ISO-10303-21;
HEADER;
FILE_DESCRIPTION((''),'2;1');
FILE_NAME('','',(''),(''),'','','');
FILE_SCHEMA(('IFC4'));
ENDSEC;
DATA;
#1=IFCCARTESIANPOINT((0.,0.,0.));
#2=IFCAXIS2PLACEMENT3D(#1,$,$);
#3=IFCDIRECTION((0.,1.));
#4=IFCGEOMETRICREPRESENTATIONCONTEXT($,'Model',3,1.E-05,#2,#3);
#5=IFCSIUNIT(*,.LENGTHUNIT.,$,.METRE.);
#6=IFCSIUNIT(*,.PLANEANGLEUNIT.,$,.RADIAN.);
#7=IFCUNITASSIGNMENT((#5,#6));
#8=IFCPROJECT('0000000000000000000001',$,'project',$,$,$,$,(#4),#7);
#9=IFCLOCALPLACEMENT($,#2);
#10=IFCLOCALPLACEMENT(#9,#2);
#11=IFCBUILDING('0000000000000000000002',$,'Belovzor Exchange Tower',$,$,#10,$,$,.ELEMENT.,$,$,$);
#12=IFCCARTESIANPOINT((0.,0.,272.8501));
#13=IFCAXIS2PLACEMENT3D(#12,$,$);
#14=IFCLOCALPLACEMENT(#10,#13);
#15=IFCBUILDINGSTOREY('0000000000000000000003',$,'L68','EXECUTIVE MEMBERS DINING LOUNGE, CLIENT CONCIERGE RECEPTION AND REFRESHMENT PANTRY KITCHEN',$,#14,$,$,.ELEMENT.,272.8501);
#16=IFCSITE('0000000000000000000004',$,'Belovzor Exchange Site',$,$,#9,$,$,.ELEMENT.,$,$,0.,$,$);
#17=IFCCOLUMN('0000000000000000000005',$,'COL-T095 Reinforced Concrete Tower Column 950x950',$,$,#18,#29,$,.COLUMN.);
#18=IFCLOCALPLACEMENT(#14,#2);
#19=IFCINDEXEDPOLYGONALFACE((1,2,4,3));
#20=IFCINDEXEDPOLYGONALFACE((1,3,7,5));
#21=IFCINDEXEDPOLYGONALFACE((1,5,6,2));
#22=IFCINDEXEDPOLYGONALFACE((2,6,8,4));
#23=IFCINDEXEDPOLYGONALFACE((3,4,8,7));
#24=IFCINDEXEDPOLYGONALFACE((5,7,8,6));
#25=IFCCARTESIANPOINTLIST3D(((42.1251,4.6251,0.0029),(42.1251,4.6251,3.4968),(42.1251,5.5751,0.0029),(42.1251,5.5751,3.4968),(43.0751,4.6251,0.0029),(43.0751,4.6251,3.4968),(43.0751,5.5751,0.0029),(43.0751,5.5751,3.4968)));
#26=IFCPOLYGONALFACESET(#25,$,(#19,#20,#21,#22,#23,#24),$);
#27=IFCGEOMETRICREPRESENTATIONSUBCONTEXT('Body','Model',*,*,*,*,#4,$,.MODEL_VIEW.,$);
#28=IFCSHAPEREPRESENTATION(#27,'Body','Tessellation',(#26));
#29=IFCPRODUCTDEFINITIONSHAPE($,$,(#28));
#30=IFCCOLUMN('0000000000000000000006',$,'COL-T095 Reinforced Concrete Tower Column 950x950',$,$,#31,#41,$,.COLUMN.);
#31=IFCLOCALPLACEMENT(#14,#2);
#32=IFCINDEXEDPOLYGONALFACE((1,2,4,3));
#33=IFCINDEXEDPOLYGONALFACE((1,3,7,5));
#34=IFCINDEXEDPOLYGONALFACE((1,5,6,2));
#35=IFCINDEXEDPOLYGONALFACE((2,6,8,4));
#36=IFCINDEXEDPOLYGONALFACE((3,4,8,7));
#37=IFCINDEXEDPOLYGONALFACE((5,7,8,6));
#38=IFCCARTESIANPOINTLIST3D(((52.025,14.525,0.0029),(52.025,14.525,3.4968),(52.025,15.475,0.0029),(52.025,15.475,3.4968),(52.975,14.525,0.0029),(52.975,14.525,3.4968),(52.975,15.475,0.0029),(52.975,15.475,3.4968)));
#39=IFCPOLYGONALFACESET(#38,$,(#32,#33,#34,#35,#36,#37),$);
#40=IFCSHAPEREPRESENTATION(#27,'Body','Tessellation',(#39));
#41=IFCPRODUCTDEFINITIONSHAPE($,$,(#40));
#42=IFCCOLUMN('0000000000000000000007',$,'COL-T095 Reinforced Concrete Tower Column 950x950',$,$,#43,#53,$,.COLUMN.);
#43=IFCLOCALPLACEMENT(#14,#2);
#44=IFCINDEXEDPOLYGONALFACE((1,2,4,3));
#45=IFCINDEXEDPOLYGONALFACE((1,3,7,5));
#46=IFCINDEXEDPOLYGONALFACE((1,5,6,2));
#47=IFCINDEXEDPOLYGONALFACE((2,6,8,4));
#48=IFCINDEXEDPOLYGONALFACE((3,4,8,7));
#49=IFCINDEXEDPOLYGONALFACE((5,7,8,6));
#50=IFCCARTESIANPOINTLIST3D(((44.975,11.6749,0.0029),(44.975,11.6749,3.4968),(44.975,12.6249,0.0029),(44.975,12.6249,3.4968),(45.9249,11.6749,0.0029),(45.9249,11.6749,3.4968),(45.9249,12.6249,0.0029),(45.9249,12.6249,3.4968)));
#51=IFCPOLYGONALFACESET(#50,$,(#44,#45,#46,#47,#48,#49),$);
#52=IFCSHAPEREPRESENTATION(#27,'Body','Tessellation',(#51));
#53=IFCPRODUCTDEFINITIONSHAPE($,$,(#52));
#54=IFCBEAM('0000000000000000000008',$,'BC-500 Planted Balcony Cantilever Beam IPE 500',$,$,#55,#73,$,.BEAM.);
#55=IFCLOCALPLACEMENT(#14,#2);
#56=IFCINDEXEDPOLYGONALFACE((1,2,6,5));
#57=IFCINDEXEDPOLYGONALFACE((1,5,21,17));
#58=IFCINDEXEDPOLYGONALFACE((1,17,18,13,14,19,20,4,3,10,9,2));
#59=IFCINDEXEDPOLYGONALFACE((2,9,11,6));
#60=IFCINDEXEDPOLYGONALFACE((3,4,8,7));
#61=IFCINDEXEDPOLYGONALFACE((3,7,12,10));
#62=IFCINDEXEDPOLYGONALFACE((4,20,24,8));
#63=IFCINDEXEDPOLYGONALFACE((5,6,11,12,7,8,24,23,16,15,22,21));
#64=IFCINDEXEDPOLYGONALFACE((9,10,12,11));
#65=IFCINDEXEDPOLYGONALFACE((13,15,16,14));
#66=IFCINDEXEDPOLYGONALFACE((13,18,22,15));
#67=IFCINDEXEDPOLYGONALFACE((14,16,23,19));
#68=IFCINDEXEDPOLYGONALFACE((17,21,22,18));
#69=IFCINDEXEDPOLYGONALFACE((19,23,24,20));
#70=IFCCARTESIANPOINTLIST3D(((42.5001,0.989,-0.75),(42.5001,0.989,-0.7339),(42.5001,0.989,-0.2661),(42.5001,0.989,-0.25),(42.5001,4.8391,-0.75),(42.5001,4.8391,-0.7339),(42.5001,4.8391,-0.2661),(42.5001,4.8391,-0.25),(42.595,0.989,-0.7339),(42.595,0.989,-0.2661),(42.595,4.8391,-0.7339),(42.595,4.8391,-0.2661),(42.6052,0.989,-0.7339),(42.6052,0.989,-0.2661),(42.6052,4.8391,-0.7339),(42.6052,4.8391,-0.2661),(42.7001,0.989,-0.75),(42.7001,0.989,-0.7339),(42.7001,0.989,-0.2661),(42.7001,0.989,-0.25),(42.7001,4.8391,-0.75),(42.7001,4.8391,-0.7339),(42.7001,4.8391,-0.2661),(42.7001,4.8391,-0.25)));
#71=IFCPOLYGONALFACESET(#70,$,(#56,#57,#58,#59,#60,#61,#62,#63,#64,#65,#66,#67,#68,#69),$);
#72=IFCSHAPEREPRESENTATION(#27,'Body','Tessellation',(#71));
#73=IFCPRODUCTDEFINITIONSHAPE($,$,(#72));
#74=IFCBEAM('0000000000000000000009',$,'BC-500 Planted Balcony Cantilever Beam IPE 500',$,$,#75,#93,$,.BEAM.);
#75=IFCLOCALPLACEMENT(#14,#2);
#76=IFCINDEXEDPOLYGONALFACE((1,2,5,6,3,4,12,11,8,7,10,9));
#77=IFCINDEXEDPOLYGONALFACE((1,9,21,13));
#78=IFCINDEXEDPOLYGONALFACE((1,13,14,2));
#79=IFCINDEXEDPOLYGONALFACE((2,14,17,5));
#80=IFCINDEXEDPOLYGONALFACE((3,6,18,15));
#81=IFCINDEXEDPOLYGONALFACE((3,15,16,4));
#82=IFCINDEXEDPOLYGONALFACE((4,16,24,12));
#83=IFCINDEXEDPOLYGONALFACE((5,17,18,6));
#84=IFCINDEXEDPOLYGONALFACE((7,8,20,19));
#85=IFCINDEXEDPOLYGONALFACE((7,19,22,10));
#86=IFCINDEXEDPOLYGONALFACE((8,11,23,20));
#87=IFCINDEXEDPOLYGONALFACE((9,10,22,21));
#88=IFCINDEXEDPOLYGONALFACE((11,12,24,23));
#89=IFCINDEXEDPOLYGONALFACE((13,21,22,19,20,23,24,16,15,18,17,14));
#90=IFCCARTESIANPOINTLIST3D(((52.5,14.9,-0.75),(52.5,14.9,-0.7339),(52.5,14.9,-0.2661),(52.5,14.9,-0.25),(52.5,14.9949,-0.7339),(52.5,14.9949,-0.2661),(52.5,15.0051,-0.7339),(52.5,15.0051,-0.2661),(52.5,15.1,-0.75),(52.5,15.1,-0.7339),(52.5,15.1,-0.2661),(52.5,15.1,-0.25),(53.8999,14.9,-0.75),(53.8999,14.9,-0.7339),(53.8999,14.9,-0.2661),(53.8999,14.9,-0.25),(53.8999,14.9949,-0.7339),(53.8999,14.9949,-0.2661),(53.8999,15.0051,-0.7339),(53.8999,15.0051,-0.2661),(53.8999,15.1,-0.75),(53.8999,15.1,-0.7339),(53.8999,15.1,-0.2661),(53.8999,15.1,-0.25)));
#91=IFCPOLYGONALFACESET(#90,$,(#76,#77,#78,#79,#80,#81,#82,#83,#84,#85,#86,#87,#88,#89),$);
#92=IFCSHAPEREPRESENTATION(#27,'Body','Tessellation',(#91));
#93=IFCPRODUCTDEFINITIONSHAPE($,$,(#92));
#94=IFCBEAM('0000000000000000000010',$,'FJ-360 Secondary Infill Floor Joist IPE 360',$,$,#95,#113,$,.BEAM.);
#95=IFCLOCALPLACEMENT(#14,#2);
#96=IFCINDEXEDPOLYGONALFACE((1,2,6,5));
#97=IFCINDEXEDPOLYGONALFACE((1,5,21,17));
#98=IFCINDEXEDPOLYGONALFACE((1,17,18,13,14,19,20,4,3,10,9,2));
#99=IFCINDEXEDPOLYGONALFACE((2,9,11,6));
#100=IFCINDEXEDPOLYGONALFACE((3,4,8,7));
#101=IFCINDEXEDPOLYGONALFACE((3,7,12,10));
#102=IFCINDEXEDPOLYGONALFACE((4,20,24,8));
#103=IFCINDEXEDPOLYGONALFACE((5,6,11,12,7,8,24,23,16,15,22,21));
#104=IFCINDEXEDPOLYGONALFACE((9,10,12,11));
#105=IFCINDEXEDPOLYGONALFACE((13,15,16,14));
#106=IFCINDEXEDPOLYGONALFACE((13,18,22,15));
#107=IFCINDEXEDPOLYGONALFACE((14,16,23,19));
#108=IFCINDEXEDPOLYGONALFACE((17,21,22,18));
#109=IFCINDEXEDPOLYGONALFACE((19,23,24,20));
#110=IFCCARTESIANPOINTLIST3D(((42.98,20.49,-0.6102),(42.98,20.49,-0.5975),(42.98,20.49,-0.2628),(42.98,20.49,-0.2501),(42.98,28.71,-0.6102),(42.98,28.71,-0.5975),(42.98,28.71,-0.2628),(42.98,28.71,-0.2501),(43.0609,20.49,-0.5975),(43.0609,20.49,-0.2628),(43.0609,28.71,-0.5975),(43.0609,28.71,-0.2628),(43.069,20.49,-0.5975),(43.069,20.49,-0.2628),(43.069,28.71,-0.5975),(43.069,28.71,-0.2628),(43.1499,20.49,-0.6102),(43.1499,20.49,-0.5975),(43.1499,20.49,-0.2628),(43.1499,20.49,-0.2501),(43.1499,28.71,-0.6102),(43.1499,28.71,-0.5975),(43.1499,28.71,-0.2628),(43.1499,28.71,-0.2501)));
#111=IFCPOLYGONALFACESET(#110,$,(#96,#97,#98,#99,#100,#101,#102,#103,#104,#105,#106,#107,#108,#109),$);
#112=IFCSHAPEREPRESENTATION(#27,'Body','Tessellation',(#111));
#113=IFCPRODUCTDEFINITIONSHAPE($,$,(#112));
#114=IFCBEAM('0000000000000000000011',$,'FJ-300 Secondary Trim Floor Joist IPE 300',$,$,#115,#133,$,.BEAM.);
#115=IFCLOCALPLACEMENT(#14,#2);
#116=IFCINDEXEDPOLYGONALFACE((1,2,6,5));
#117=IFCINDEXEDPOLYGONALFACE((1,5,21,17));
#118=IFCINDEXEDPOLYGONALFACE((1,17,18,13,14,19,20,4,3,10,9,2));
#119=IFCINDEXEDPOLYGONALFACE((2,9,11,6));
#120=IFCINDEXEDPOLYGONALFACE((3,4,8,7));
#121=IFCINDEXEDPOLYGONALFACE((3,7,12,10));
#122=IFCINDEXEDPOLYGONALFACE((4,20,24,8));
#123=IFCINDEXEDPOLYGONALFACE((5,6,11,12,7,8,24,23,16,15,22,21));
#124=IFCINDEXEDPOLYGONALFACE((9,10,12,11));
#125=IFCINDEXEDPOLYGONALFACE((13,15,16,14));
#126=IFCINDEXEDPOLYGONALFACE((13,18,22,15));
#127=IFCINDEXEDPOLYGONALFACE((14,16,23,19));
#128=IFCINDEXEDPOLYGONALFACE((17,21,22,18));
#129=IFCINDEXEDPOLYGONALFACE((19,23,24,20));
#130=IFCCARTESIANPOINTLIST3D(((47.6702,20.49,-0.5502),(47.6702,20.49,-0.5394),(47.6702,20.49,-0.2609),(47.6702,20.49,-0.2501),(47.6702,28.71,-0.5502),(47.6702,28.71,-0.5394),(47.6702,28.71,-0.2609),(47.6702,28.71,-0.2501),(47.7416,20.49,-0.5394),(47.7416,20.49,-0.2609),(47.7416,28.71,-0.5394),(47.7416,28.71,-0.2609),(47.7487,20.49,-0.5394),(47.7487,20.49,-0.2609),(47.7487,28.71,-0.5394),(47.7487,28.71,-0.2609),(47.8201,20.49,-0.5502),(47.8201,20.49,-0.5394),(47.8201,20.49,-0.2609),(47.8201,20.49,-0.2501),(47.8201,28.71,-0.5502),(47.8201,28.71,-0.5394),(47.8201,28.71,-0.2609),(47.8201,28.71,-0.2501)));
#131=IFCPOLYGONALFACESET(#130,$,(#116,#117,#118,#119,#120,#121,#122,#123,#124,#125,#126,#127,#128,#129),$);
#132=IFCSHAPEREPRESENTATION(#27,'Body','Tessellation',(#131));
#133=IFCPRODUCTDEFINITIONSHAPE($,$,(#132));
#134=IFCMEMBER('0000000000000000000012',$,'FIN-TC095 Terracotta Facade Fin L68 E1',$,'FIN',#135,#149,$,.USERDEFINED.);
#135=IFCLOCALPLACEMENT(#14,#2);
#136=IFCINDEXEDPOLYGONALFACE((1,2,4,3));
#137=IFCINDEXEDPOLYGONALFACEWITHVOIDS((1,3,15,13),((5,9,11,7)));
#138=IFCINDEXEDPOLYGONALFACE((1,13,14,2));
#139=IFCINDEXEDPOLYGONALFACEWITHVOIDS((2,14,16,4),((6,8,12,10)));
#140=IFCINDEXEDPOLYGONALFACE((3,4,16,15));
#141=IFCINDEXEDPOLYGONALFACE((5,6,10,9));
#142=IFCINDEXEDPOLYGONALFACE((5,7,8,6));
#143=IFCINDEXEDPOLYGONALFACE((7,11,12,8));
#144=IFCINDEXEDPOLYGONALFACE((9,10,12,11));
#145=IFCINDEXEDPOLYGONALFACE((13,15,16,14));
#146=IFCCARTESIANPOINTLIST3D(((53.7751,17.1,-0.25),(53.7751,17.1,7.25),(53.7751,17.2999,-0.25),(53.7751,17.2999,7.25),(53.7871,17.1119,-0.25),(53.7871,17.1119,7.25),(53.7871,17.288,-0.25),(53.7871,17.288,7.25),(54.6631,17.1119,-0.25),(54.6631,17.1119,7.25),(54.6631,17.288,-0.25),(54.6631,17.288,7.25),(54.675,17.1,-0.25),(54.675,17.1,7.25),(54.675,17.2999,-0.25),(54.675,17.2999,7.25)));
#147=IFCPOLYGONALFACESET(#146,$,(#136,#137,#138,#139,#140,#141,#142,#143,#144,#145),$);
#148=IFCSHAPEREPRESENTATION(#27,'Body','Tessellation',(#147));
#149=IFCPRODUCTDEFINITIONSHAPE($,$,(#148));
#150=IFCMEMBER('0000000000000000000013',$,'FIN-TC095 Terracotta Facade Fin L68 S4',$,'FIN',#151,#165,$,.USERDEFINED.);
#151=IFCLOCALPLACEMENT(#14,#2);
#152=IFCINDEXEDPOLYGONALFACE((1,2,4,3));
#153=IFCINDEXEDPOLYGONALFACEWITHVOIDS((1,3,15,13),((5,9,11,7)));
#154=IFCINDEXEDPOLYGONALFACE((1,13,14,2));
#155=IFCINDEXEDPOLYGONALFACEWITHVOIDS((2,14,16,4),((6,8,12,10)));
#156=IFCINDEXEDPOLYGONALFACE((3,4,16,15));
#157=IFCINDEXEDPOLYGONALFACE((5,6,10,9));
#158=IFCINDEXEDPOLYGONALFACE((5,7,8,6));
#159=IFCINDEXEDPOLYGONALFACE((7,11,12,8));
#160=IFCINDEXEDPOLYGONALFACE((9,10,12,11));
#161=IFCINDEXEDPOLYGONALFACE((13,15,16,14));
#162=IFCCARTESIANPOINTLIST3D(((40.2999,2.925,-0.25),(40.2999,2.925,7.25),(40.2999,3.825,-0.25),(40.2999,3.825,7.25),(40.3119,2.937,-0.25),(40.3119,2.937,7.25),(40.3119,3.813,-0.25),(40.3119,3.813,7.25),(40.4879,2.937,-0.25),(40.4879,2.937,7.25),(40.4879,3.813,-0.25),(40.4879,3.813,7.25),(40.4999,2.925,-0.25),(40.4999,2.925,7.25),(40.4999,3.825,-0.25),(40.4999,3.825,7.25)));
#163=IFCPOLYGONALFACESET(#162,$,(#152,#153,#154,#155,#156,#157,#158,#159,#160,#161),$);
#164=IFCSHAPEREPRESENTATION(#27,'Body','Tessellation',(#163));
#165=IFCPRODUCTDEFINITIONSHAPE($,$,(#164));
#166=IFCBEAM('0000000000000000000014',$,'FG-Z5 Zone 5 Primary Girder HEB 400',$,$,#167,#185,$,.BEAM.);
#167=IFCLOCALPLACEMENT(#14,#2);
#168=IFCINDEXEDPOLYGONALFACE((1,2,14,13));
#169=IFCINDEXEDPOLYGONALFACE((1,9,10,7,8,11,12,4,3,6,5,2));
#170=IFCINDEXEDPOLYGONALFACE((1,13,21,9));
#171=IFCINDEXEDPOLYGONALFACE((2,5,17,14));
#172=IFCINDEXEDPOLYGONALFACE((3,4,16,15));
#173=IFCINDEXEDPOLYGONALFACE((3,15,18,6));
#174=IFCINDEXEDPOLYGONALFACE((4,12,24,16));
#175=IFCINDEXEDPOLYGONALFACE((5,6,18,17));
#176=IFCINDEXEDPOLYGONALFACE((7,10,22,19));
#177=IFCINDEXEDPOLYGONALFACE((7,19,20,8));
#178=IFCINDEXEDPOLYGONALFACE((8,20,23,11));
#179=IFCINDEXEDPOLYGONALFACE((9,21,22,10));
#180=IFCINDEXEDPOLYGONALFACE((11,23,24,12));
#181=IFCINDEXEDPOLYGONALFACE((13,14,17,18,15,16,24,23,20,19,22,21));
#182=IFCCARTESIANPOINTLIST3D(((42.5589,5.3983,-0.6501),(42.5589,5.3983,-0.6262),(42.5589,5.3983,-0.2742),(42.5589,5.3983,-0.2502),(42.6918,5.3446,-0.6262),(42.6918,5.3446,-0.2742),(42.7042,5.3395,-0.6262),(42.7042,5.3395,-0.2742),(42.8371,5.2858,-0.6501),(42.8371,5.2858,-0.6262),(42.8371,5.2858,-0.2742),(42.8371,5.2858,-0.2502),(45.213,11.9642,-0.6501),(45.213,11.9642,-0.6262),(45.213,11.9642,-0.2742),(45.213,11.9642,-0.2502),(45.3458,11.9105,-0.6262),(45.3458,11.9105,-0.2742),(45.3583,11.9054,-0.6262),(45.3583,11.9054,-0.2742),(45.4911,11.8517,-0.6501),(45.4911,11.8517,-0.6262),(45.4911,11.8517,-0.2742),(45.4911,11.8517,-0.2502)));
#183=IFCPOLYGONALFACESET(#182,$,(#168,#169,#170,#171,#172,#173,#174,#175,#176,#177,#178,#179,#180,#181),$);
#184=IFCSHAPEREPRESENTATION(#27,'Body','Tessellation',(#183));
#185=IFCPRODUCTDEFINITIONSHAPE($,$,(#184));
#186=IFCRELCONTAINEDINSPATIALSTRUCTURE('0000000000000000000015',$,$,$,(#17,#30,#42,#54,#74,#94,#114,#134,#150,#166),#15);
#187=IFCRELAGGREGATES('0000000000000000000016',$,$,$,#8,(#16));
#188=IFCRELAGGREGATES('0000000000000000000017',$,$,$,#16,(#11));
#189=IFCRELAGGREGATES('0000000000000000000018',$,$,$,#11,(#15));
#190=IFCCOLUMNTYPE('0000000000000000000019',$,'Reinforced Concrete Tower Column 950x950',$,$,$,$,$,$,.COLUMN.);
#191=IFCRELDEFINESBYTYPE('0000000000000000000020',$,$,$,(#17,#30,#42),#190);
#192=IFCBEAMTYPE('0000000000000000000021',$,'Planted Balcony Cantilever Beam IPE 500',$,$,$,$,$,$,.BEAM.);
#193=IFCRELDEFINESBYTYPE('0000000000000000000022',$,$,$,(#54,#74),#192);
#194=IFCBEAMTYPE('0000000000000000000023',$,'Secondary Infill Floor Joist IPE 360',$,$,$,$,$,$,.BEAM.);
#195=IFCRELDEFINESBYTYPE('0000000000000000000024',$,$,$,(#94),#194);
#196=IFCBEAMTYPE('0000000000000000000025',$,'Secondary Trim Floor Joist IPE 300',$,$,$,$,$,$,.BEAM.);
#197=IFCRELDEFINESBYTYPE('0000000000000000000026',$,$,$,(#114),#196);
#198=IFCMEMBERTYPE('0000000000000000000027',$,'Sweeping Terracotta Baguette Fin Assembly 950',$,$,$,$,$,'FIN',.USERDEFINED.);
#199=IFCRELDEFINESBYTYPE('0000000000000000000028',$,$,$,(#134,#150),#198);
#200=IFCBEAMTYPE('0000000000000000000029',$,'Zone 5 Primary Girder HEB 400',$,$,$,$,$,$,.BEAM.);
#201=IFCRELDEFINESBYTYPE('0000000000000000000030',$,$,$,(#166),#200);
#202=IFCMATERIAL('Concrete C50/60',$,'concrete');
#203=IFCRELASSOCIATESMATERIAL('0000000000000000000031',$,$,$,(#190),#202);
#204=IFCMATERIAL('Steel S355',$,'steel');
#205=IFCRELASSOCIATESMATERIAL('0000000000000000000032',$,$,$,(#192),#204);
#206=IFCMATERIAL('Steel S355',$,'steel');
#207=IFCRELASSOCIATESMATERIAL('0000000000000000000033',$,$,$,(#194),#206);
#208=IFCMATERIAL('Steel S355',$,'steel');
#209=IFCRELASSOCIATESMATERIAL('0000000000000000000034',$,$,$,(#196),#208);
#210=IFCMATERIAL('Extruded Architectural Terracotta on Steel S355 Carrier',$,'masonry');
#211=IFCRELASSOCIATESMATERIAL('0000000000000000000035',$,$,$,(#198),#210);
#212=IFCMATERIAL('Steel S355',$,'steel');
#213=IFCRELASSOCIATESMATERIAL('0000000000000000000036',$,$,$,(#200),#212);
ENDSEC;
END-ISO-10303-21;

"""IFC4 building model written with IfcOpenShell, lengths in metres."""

from ifc_helpers import new_model, si_unit, direction, frame, origin, origin_2d, place, context, subcontext, project, spatial, rectangle, hollow_rectangle, i_section, extrude, material, material_profile, profile_set, type_object, element, save


model = new_model("IFC4")

# Units and contexts
model_context = context("Model", 3, precision=1e-05, world=origin(), true_north=direction((0.0, 1.0)))
body_context = subcontext(model_context, "Body", "Model", "MODEL_VIEW")
ifc_project = project(units=[si_unit("LENGTHUNIT", "METRE"), si_unit("PLANEANGLEUNIT", "RADIAN")], contexts=[model_context])

# Site, building, storey
site_placement = place(None, origin())
site = spatial("IfcSite", under=ifc_project, at=site_placement, Name="Belovzor Exchange Site", CompositionType="ELEMENT", RefElevation=0.0)
building_placement = place(site_placement, origin())
building = spatial("IfcBuilding", under=site, at=building_placement, Name="Belovzor Exchange Tower", CompositionType="ELEMENT")
storey_placement = place(building_placement, frame((0.0, 0.0, 272.8501)))
storey = spatial("IfcBuildingStorey", under=building, at=storey_placement, Name="L68", Description="EXECUTIVE MEMBERS DINING LOUNGE, CLIENT CONCIERGE RECEPTION AND REFRESHMENT PANTRY KITCHEN", CompositionType="ELEMENT", Elevation=272.8501)

# Columns
ifc_material_1 = material(Name="Concrete C50/60", Category="concrete")
ifc_material_profile_1 = material_profile(ifc_material_1, rectangle(XDim=0.95, YDim=0.95, at=origin_2d()))
ifc_profile_set_1 = profile_set([ifc_material_profile_1], Name="Concrete C50/60")
column_type = type_object("IfcColumnType", Name="Reinforced Concrete Tower Column 950x950", PredefinedType="COLUMN", material=ifc_profile_set_1)
for number, where, z_axis, x_axis, name in (
    (1, (42.6001, 5.1001, 0.0029), (0.0, 0.0, 1.0), (1.0, 0.0, 0.0), "COL-T095 Reinforced Concrete Tower Column 950x950"),
    (2, (52.5, 15.0, 0.0029), (0.0, 0.0, 1.0), (1.0, 0.0, 0.0), "COL-T095 Reinforced Concrete Tower Column 950x950"),
    (3, (45.45, 12.1499, 0.0029), (0.0, 0.0, 1.0), (1.0, 0.0, 0.0), "COL-T095 Reinforced Concrete Tower Column 950x950"),
):
    element("IfcColumn", number, at=place(storey_placement, frame(where, z_axis=z_axis, x_axis=x_axis)), inside=storey, type_object=column_type, Name=name, PredefinedType="COLUMN", context=body_context, shape_type="SweptSolid", body=[
        extrude(rectangle(XDim=0.95, YDim=0.95, at=origin_2d()), origin(), (0.0, 0.0, 1.0), 3.4939),
    ])

# Beams
ifc_material_2 = material(Name="Steel S355", Category="steel")
ifc_material_profile_2 = material_profile(ifc_material_2, i_section(OverallWidth=0.2, OverallDepth=0.5, WebThickness=0.0103, FlangeThickness=0.0161, at=origin_2d()))
ifc_profile_set_2 = profile_set([ifc_material_profile_2], Name="Steel S355")
beam_type_1 = type_object("IfcBeamType", Name="Planted Balcony Cantilever Beam IPE 500", PredefinedType="BEAM", material=ifc_profile_set_2)
beam_1_placement = place(storey_placement, frame((42.6001, 4.8391, -0.5), z_axis=(0.0, -1.0, 0.0), x_axis=(1.0, 0.0, 0.0)))
element("IfcBeam", 4, at=beam_1_placement, inside=storey, type_object=beam_type_1, Name="BC-500 Planted Balcony Cantilever Beam IPE 500", PredefinedType="BEAM", context=body_context, shape_type="SweptSolid", body=[
    extrude(i_section(OverallWidth=0.2, OverallDepth=0.5, WebThickness=0.0103, FlangeThickness=0.0161, at=origin_2d()), origin(), (0.0, 0.0, 1.0), 3.8501),
])
beam_2_placement = place(storey_placement, frame((52.5, 15.0, -0.5), z_axis=(1.0, 0.0, 0.0), x_axis=(0.0, 1.0, 0.0)))
element("IfcBeam", 5, at=beam_2_placement, inside=storey, type_object=beam_type_1, Name="BC-500 Planted Balcony Cantilever Beam IPE 500", PredefinedType="BEAM", context=body_context, shape_type="SweptSolid", body=[
    extrude(i_section(OverallWidth=0.2, OverallDepth=0.5, WebThickness=0.0103, FlangeThickness=0.0161, at=origin_2d()), origin(), (0.0, 0.0, 1.0), 1.3999),
])
ifc_material_3 = material(Name="Steel S355", Category="steel")
ifc_material_profile_3 = material_profile(ifc_material_3, i_section(OverallWidth=0.1699, OverallDepth=0.3601, WebThickness=0.0081, FlangeThickness=0.0127, at=origin_2d()))
ifc_profile_set_3 = profile_set([ifc_material_profile_3], Name="Steel S355")
beam_type_2 = type_object("IfcBeamType", Name="Secondary Infill Floor Joist IPE 360", PredefinedType="BEAM", material=ifc_profile_set_3)
beam_3_placement = place(storey_placement, frame((43.0649, 20.49, -0.4302), z_axis=(0.0, 1.0, 0.0), x_axis=(-1.0, 0.0, 0.0)))
element("IfcBeam", 6, at=beam_3_placement, inside=storey, type_object=beam_type_2, Name="FJ-360 Secondary Infill Floor Joist IPE 360", PredefinedType="BEAM", context=body_context, shape_type="SweptSolid", body=[
    extrude(i_section(OverallWidth=0.1699, OverallDepth=0.3601, WebThickness=0.0081, FlangeThickness=0.0127, at=origin_2d()), origin(), (0.0, 0.0, 1.0), 8.22),
])
ifc_material_4 = material(Name="Steel S355", Category="steel")
ifc_material_profile_4 = material_profile(ifc_material_4, i_section(OverallWidth=0.1499, OverallDepth=0.3, WebThickness=0.0071, FlangeThickness=0.0107, at=origin_2d()))
ifc_profile_set_4 = profile_set([ifc_material_profile_4], Name="Steel S355")
beam_type_3 = type_object("IfcBeamType", Name="Secondary Trim Floor Joist IPE 300", PredefinedType="BEAM", material=ifc_profile_set_4)
beam_4_placement = place(storey_placement, frame((47.7451, 20.49, -0.4001), z_axis=(0.0, 1.0, 0.0), x_axis=(-1.0, 0.0, 0.0)))
element("IfcBeam", 7, at=beam_4_placement, inside=storey, type_object=beam_type_3, Name="FJ-300 Secondary Trim Floor Joist IPE 300", PredefinedType="BEAM", context=body_context, shape_type="SweptSolid", body=[
    extrude(i_section(OverallWidth=0.1499, OverallDepth=0.3, WebThickness=0.0071, FlangeThickness=0.0107, at=origin_2d()), origin(), (0.0, 0.0, 1.0), 8.22),
])

# Members
ifc_material_5 = material(Name="Extruded Architectural Terracotta on Steel S355 Carrier", Category="masonry")
ifc_material_profile_5 = material_profile(ifc_material_5, hollow_rectangle(XDim=0.2, YDim=0.8999, WallThickness=0.012, at=origin_2d()))
ifc_profile_set_5 = profile_set([ifc_material_profile_5], Name="Extruded Architectural Terracotta on Steel S355 Carrier")
member_type = type_object("IfcMemberType", Name="Sweeping Terracotta Baguette Fin Assembly 950", ElementType="FIN", PredefinedType="USERDEFINED", material=ifc_profile_set_5)
for number, where, z_axis, x_axis, name in (
    (8, (54.2251, 17.2, -0.25), (0.0, 0.0, 1.0), (0.0, 1.0, 0.0), "FIN-TC095 Terracotta Facade Fin L68 E1"),
    (9, (40.3999, 3.375, -0.25), (0.0, 0.0, 1.0), (1.0, 0.0, 0.0), "FIN-TC095 Terracotta Facade Fin L68 S4"),
):
    element("IfcMember", number, at=place(storey_placement, frame(where, z_axis=z_axis, x_axis=x_axis)), inside=storey, type_object=member_type, Name=name, ObjectType="FIN", PredefinedType="USERDEFINED", context=body_context, shape_type="SweptSolid", body=[
        extrude(hollow_rectangle(XDim=0.2, YDim=0.8999, WallThickness=0.012, at=origin_2d()), origin(), (0.0, 0.0, 1.0), 7.5),
    ])

# Beam
ifc_material_6 = material(Name="Steel S355", Category="steel")
ifc_material_profile_6 = material_profile(ifc_material_6, i_section(OverallWidth=0.3, OverallDepth=0.3999, WebThickness=0.0134, FlangeThickness=0.0239, at=origin_2d()))
ifc_profile_set_6 = profile_set([ifc_material_profile_6], Name="Steel S355")
beam_type_4 = type_object("IfcBeamType", Name="Zone 5 Primary Girder HEB 400", PredefinedType="BEAM", material=ifc_profile_set_6)
beam_5_placement = place(storey_placement, frame((42.698, 5.342, -0.4502), z_axis=(0.374758, 0.927123, 0.0), x_axis=(-0.927123, 0.374758, 0.0)))
element("IfcBeam", 10, at=beam_5_placement, inside=storey, type_object=beam_type_4, Name="FG-Z5 Zone 5 Primary Girder HEB 400", PredefinedType="BEAM", context=body_context, shape_type="SweptSolid", body=[
    extrude(i_section(OverallWidth=0.3, OverallDepth=0.3999, WebThickness=0.0134, FlangeThickness=0.0239, at=origin_2d()), origin(), (0.0, 0.0, 1.0), 7.082),
])

save(model, "model.ifc")
